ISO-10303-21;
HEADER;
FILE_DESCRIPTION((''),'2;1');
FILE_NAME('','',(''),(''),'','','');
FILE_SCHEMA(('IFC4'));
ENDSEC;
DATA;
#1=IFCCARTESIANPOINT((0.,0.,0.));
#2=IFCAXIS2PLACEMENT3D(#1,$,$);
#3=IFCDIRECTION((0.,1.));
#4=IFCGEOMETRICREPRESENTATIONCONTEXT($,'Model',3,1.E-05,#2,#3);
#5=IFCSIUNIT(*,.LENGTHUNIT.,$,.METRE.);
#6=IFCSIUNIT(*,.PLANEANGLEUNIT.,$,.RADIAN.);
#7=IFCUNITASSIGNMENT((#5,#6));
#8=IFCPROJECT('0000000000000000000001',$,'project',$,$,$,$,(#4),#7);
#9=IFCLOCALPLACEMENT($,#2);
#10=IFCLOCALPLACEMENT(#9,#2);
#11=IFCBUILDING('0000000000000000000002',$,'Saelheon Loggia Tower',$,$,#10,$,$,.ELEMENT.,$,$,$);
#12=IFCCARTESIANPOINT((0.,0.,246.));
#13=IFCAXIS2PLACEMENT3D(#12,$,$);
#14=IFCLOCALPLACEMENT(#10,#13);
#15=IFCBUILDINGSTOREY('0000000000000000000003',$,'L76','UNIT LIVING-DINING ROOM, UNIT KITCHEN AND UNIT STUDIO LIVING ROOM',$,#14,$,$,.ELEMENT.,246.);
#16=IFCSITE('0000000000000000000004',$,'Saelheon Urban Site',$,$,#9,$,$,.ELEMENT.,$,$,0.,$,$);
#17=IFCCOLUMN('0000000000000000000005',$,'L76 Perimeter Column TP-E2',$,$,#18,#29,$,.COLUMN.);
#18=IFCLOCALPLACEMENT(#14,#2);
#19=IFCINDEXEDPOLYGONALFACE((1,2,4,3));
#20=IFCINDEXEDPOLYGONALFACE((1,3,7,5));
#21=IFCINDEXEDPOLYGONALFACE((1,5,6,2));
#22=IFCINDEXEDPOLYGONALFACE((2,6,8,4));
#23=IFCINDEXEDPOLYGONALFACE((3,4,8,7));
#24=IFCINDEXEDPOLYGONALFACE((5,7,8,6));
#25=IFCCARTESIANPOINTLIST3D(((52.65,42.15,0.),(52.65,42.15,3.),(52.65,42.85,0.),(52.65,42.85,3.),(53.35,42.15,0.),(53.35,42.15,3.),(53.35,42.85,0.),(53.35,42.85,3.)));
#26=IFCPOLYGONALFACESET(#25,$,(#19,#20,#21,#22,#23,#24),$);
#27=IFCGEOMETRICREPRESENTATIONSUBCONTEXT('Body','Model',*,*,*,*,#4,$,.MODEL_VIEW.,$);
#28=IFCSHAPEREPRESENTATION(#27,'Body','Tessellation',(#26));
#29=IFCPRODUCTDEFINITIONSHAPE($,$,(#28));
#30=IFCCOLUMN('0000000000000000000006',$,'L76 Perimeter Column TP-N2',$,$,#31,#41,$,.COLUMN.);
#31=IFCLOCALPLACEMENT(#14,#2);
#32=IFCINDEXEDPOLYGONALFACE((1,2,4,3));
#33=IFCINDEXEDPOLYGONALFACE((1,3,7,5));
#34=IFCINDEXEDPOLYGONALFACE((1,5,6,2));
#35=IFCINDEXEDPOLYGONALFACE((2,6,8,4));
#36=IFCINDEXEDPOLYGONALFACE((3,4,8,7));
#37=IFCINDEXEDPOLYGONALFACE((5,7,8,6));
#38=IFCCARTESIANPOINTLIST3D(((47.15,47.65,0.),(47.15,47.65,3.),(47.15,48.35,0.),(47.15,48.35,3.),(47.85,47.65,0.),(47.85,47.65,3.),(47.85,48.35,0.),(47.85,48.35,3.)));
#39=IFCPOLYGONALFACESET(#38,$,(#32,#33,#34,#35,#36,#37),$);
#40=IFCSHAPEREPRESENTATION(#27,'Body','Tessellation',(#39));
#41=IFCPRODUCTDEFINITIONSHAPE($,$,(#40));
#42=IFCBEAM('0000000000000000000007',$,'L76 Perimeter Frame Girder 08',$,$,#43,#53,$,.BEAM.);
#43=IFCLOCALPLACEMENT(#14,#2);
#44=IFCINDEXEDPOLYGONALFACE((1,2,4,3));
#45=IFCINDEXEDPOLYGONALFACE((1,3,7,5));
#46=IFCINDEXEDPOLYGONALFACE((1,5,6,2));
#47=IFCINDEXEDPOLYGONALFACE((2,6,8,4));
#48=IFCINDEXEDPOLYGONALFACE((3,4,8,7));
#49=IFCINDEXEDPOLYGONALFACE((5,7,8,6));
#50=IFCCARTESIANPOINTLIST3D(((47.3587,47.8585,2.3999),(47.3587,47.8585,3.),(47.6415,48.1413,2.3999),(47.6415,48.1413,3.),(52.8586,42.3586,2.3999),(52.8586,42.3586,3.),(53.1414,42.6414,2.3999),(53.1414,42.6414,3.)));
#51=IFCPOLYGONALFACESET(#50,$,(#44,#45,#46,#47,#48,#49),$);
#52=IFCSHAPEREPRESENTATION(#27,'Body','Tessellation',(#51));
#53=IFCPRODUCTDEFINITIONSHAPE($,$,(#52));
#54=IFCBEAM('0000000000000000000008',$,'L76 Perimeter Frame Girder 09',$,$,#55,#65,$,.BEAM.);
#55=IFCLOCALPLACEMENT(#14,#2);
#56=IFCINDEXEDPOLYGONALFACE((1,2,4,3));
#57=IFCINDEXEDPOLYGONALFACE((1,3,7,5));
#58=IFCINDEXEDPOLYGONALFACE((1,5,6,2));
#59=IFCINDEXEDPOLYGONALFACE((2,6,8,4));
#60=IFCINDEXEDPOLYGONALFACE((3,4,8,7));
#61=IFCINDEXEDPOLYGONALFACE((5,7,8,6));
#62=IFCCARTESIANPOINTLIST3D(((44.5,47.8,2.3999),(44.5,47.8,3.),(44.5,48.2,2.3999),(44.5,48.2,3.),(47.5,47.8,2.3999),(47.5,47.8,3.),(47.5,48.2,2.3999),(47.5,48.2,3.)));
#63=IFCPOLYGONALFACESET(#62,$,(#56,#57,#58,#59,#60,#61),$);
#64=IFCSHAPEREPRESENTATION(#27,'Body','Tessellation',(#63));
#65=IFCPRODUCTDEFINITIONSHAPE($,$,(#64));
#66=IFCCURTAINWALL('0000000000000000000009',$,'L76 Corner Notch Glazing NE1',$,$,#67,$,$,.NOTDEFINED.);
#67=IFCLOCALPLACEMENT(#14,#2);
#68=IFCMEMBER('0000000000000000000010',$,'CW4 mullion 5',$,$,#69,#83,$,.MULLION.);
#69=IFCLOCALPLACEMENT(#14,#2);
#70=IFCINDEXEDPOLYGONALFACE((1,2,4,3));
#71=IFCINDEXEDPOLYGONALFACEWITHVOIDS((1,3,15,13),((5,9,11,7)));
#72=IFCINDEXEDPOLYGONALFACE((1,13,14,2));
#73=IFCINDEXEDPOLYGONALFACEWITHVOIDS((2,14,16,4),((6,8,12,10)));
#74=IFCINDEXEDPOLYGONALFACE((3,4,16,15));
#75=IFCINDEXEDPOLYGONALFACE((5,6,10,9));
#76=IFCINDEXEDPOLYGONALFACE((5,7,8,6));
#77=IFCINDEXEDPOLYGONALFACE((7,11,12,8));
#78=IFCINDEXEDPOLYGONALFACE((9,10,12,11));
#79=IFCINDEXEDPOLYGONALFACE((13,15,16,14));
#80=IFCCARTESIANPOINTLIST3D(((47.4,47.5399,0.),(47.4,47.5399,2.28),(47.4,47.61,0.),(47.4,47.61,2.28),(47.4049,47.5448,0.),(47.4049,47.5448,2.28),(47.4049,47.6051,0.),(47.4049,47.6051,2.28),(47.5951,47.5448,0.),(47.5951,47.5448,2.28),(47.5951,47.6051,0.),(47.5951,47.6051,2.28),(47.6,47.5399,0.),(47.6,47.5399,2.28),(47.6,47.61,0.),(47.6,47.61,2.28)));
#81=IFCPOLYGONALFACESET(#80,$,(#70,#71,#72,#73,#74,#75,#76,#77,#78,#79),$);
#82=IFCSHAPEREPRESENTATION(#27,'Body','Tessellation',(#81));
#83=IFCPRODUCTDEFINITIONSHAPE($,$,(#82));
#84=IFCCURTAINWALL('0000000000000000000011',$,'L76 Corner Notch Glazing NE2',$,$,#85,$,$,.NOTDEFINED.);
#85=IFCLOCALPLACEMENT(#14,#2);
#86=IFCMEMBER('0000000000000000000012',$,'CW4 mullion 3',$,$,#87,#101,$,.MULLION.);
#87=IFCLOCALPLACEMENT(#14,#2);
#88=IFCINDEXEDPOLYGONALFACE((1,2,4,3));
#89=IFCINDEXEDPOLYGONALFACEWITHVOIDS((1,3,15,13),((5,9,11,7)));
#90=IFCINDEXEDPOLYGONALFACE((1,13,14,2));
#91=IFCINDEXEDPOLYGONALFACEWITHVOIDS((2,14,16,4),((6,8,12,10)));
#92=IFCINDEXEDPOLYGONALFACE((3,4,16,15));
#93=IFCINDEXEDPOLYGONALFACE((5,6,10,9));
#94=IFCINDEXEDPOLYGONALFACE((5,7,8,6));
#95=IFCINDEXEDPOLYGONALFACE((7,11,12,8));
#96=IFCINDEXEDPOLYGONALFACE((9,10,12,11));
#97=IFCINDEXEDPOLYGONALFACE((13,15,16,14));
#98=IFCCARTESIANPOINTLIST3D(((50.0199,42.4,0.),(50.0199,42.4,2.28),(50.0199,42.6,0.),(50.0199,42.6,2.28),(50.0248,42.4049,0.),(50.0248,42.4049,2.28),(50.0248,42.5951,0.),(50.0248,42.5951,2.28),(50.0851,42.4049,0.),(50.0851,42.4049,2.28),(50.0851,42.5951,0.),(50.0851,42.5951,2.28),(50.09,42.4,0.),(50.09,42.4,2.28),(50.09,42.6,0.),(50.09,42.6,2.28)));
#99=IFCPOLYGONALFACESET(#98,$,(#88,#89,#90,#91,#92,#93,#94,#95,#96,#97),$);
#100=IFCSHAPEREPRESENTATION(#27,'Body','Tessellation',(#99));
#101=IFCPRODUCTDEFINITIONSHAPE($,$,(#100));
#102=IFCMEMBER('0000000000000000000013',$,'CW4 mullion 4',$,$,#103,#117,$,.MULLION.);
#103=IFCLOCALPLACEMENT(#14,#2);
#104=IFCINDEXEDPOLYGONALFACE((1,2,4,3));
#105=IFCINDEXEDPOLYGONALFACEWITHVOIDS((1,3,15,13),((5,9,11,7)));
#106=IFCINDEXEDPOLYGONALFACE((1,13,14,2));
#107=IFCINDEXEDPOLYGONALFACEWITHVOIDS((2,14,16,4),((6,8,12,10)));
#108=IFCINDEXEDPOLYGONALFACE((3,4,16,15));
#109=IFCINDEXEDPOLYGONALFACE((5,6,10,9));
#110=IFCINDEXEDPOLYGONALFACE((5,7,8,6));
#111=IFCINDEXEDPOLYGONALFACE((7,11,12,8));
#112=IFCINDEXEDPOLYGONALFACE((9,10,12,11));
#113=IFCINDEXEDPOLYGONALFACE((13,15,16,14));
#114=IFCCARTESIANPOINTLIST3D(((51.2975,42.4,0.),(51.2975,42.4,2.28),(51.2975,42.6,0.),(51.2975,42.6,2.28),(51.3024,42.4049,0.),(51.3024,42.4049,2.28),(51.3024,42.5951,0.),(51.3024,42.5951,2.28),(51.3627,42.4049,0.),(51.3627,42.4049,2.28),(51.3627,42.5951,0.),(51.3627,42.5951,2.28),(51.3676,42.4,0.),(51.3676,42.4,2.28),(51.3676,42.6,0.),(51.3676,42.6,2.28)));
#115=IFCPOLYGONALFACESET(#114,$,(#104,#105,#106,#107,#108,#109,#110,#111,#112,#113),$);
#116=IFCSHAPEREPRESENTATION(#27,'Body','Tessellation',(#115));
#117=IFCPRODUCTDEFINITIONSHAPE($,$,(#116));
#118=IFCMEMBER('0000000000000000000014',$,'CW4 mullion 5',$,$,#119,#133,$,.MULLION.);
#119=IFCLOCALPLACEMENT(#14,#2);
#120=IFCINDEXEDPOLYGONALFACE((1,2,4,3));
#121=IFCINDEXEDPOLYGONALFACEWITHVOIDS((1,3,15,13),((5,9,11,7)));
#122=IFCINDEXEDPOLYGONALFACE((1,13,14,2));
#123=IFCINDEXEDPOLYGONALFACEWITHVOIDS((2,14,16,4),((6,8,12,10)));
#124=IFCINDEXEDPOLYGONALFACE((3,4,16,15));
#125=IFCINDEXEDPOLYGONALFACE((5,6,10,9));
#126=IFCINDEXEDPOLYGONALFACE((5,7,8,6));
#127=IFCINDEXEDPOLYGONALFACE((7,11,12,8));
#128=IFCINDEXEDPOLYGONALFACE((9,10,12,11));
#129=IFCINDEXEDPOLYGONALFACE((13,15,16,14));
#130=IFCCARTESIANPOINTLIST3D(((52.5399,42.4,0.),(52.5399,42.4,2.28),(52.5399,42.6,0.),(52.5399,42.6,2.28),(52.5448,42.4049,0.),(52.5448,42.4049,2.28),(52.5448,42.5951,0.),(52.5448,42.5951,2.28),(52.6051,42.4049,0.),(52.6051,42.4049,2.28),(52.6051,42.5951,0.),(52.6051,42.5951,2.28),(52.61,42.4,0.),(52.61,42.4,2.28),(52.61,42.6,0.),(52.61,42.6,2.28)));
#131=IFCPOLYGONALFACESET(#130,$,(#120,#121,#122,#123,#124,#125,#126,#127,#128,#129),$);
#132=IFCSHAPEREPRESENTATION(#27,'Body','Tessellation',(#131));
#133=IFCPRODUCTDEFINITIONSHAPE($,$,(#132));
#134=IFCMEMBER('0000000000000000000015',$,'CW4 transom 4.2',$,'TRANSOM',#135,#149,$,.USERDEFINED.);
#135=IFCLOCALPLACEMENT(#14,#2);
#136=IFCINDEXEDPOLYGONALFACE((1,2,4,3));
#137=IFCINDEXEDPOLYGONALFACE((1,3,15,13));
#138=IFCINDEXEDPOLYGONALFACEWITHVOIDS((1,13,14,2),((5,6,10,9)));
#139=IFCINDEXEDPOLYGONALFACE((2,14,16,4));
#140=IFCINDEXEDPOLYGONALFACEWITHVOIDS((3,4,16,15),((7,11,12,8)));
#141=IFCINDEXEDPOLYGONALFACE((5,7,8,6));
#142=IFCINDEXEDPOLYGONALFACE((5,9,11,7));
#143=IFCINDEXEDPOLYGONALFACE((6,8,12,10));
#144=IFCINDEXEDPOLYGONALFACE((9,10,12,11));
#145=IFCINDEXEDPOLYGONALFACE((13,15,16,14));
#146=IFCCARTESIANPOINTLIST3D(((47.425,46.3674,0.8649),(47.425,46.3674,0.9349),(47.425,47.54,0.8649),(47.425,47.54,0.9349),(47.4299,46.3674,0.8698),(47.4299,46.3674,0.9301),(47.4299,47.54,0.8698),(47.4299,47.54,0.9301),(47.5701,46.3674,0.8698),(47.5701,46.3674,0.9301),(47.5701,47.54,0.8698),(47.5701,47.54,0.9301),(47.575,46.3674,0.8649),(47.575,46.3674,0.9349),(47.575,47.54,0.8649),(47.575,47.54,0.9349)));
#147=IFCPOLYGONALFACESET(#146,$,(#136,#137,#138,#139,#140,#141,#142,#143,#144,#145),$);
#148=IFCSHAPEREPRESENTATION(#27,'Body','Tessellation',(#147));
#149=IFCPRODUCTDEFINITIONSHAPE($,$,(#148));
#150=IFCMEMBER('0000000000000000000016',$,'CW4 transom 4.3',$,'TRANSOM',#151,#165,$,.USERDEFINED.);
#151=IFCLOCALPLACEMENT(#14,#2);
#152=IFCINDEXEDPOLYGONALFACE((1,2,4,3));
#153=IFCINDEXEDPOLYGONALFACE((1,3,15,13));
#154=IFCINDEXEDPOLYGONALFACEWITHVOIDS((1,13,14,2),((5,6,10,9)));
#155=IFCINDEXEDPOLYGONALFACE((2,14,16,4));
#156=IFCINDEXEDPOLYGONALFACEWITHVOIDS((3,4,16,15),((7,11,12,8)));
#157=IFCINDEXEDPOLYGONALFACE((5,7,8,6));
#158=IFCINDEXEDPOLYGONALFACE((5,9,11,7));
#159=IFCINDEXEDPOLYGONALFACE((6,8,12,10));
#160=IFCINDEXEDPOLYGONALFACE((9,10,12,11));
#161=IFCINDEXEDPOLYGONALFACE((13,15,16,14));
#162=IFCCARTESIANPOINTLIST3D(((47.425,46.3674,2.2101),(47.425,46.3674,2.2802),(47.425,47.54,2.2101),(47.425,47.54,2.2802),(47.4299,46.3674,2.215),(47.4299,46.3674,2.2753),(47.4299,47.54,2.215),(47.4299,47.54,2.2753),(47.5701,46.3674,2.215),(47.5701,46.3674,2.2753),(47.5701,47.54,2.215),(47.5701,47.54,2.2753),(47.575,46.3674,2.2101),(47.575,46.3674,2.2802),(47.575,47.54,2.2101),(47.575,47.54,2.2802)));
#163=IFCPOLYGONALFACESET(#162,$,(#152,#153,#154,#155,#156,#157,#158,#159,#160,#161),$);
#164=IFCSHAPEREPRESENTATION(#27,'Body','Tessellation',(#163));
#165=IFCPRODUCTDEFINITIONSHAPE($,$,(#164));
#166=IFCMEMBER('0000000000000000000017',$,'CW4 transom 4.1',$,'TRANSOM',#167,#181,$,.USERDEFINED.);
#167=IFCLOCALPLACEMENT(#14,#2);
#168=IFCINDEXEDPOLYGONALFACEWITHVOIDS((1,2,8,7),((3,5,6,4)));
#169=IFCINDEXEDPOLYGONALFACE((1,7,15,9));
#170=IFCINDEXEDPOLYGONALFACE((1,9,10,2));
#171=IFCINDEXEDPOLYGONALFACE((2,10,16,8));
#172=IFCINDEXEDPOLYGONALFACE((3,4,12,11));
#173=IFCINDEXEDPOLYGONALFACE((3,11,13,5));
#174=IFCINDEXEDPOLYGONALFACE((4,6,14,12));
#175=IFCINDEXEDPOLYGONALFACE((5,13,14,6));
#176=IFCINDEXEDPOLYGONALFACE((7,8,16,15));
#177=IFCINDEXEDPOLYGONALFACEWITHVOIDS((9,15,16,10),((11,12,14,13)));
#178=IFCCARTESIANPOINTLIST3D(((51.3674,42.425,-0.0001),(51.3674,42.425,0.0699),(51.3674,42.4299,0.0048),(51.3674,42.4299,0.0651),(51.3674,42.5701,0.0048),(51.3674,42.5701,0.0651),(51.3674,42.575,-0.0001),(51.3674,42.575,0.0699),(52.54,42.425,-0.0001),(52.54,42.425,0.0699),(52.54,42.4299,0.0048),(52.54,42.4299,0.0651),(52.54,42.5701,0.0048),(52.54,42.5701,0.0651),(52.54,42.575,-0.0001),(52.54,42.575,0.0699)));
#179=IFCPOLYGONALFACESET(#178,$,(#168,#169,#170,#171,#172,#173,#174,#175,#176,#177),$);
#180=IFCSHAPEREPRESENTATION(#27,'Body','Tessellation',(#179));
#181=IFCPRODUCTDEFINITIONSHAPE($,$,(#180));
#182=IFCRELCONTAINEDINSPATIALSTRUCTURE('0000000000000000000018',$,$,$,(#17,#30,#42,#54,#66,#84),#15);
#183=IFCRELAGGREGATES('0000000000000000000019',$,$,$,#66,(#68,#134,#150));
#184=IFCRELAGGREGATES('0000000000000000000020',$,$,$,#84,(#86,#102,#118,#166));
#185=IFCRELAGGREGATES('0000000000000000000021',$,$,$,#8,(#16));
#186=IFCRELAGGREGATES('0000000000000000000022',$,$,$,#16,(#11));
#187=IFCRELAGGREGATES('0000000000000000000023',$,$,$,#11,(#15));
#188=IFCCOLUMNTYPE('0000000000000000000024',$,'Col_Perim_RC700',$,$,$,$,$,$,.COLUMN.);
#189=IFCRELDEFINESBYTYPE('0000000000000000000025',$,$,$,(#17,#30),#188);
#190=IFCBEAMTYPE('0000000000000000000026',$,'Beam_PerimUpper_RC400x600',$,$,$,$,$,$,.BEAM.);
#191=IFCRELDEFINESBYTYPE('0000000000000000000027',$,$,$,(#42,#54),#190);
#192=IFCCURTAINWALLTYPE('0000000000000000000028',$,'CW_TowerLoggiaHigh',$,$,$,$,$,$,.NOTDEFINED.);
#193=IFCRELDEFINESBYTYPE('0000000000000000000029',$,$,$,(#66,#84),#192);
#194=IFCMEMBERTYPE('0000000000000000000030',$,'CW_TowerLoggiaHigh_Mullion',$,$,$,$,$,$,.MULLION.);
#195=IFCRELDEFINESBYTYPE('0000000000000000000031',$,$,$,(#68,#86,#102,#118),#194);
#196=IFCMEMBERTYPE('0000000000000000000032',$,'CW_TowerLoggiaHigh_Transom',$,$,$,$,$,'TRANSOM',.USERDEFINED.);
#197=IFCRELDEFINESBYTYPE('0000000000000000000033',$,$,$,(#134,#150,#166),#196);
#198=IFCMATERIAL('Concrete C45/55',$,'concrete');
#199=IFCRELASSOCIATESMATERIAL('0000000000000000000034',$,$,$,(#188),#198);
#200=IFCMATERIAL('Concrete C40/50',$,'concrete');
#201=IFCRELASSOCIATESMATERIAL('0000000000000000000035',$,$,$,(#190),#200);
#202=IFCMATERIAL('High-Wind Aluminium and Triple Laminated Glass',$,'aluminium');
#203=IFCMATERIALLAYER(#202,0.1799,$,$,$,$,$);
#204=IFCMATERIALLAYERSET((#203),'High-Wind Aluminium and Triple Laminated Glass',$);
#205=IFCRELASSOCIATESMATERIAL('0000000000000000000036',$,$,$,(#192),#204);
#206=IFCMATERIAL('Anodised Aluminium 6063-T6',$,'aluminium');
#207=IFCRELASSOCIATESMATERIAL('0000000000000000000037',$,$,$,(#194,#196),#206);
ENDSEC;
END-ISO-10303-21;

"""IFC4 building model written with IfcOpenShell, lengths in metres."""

from ifc_helpers import new_model, si_unit, direction, frame, origin, origin_2d, place, context, subcontext, project, spatial, rectangle, hollow_rectangle, extrude, source, transform, mapped, material, layer, layer_set, material_profile, profile_set, type_object, element, aggregate, save


model = new_model("IFC4")

# Units and contexts
model_context = context("Model", 3, precision=1e-05, world=origin(), true_north=direction((0.0, 1.0)))
body_context = subcontext(model_context, "Body", "Model", "MODEL_VIEW")
ifc_project = project(units=[si_unit("LENGTHUNIT", "METRE"), si_unit("PLANEANGLEUNIT", "RADIAN")], contexts=[model_context])

# Site, building, storey
site_placement = place(None, origin())
site = spatial("IfcSite", under=ifc_project, at=site_placement, Name="Saelheon Urban Site", CompositionType="ELEMENT", RefElevation=0.0)
building_placement = place(site_placement, origin())
building = spatial("IfcBuilding", under=site, at=building_placement, Name="Saelheon Loggia Tower", CompositionType="ELEMENT")
storey_placement = place(building_placement, frame((0.0, 0.0, 246.0)))
storey = spatial("IfcBuildingStorey", under=building, at=storey_placement, Name="L76", Description="UNIT LIVING-DINING ROOM, UNIT KITCHEN AND UNIT STUDIO LIVING ROOM", CompositionType="ELEMENT", Elevation=246.0)

# Columns
ifc_material_1 = material(Name="Concrete C45/55", Category="concrete")
ifc_material_profile_1 = material_profile(ifc_material_1, rectangle(XDim=0.7, YDim=0.7, at=origin_2d()), Name="RC-700x700")
ifc_profile_set_1 = profile_set([ifc_material_profile_1], Name="Concrete C45/55")
column_type = type_object("IfcColumnType", Name="Col_Perim_RC700", PredefinedType="COLUMN", material=ifc_profile_set_1)
shared_shape_1 = source(origin(), body_context, "Body", "SweptSolid", [
    extrude(rectangle(XDim=0.7, YDim=0.7, at=origin_2d()), origin(), (0.0, 0.0, 1.0), 3.0),
])
for number, where, z_axis, x_axis, name in (
    (1, (53.0, 42.5, 0.0), (0.0, 0.0, 1.0), (1.0, 0.0, 0.0), "L76 Perimeter Column TP-E2"),
    (2, (47.5, 48.0, 0.0), (0.0, 0.0, 1.0), (1.0, 0.0, 0.0), "L76 Perimeter Column TP-N2"),
):
    element("IfcColumn", number, at=place(storey_placement, frame(where, z_axis=z_axis, x_axis=x_axis)), inside=storey, type_object=column_type, Name=name, PredefinedType="COLUMN", context=body_context, shape_type="MappedRepresentation", body=[
        mapped(shared_shape_1, transform((0.0, 0.0, 0.0), scale=1.0)),
    ])

# Beams
ifc_material_2 = material(Name="Concrete C40/50", Category="concrete")
ifc_material_profile_2 = material_profile(ifc_material_2, rectangle(XDim=0.3999, YDim=0.6001, at=origin_2d()), Name="RC-400x600")
ifc_profile_set_2 = profile_set([ifc_material_profile_2], Name="Concrete C40/50")
beam_type = type_object("IfcBeamType", Name="Beam_PerimUpper_RC400x600", PredefinedType="BEAM", material=ifc_profile_set_2)
shared_shape_2 = source(origin(), body_context, "Body", "SweptSolid", [
    extrude(rectangle(XDim=0.3999, YDim=0.6001, at=origin_2d()), origin(), (0.0, 0.0, 1.0), 7.7781),
])
beam_1_placement = place(storey_placement, frame((53.0, 42.5, 2.7), z_axis=(-0.707107, 0.707107, 0.0), x_axis=(-0.707107, -0.707107, 0.0)))
element("IfcBeam", 3, at=beam_1_placement, inside=storey, type_object=beam_type, Name="L76 Perimeter Frame Girder 08", PredefinedType="BEAM", context=body_context, shape_type="MappedRepresentation", body=[
    mapped(shared_shape_2, transform((0.0, 0.0, 0.0), scale=1.0)),
])
shared_shape_3 = source(origin(), body_context, "Body", "SweptSolid", [
    extrude(rectangle(XDim=0.3999, YDim=0.6001, at=origin_2d()), origin(), (0.0, 0.0, 1.0), 3.0),
])
beam_2_placement = place(storey_placement, frame((47.5, 48.0, 2.7), z_axis=(-1.0, 0.0, 0.0), x_axis=(0.0, -1.0, 0.0)))
element("IfcBeam", 4, at=beam_2_placement, inside=storey, type_object=beam_type, Name="L76 Perimeter Frame Girder 09", PredefinedType="BEAM", context=body_context, shape_type="MappedRepresentation", body=[
    mapped(shared_shape_3, transform((0.0, 0.0, 0.0), scale=1.0)),
])

# Curtain wall, member
ifc_material_3 = material(Name="High-Wind Aluminium and Triple Laminated Glass", Category="aluminium")
ifc_layer_1 = layer(ifc_material_3, 0.1799)
ifc_layer_set_1 = layer_set([ifc_layer_1], Name="High-Wind Aluminium and Triple Laminated Glass")
curtain_wall_type = type_object("IfcCurtainWallType", Name="CW_TowerLoggiaHigh", PredefinedType="NOTDEFINED", material=ifc_layer_set_1)
curtain_wall_1_placement = place(storey_placement, origin())
curtain_wall_1 = element("IfcCurtainWall", 5, at=curtain_wall_1_placement, inside=storey, type_object=curtain_wall_type, Name="L76 Corner Notch Glazing NE1", PredefinedType="NOTDEFINED")
ifc_material_4 = material(Name="Anodised Aluminium 6063-T6", Category="aluminium")
ifc_material_profile_3 = material_profile(ifc_material_4, hollow_rectangle(XDim=0.0701, YDim=0.2, WallThickness=0.0049, at=origin_2d()), Name="RHS-200x70x5")
ifc_profile_set_3 = profile_set([ifc_material_profile_3], Name="Anodised Aluminium 6063-T6")
member_type_1 = type_object("IfcMemberType", Name="CW_TowerLoggiaHigh_Mullion", PredefinedType="MULLION", material=ifc_profile_set_3)
shared_shape_4 = source(origin(), body_context, "Body", "SweptSolid", [
    extrude(hollow_rectangle(XDim=0.0701, YDim=0.2, WallThickness=0.0049, at=origin_2d()), origin(), (0.0, 0.0, 1.0), 2.28),
])
member_1_placement = place(storey_placement, frame((47.5, 47.575, 0.0), z_axis=(0.0, 0.0, 1.0), x_axis=(0.0, 1.0, 0.0)))
member_1 = element("IfcMember", 6, at=member_1_placement, type_object=member_type_1, Name="CW4 mullion 5", PredefinedType="MULLION", context=body_context, shape_type="MappedRepresentation", body=[
    mapped(shared_shape_4, transform((0.0, 0.0, 0.0), scale=1.0)),
])

# Curtain wall, members
curtain_wall_2_placement = place(storey_placement, origin())
curtain_wall_2 = element("IfcCurtainWall", 7, at=curtain_wall_2_placement, inside=storey, type_object=curtain_wall_type, Name="L76 Corner Notch Glazing NE2", PredefinedType="NOTDEFINED")
member_2_placement = place(storey_placement, frame((50.0549, 42.5, 0.0), z_axis=(0.0, 0.0, 1.0), x_axis=(1.0, 0.0, 0.0)))
member_2 = element("IfcMember", 8, at=member_2_placement, type_object=member_type_1, Name="CW4 mullion 3", PredefinedType="MULLION", context=body_context, shape_type="MappedRepresentation", body=[
    mapped(shared_shape_4, transform((0.0, 0.0, 0.0), scale=1.0)),
])
member_3_placement = place(storey_placement, frame((51.3325, 42.5, 0.0), z_axis=(0.0, 0.0, 1.0), x_axis=(1.0, 0.0, 0.0)))
member_3 = element("IfcMember", 9, at=member_3_placement, type_object=member_type_1, Name="CW4 mullion 4", PredefinedType="MULLION", context=body_context, shape_type="MappedRepresentation", body=[
    mapped(shared_shape_4, transform((0.0, 0.0, 0.0), scale=1.0)),
])
member_4_placement = place(storey_placement, frame((52.575, 42.5, 0.0), z_axis=(0.0, 0.0, 1.0), x_axis=(1.0, 0.0, 0.0)))
member_4 = element("IfcMember", 10, at=member_4_placement, type_object=member_type_1, Name="CW4 mullion 5", PredefinedType="MULLION", context=body_context, shape_type="MappedRepresentation", body=[
    mapped(shared_shape_4, transform((0.0, 0.0, 0.0), scale=1.0)),
])

# Members
ifc_material_profile_4 = material_profile(ifc_material_4, hollow_rectangle(XDim=0.0701, YDim=0.1499, WallThickness=0.0049, at=origin_2d()), Name="RHS-150x70x5")
ifc_profile_set_4 = profile_set([ifc_material_profile_4], Name="Anodised Aluminium 6063-T6")
member_type_2 = type_object("IfcMemberType", Name="CW_TowerLoggiaHigh_Transom", ElementType="TRANSOM", PredefinedType="USERDEFINED", material=ifc_profile_set_4)
shared_shape_5 = source(origin(), body_context, "Body", "SweptSolid", [
    extrude(hollow_rectangle(XDim=0.0701, YDim=0.1499, WallThickness=0.0049, at=origin_2d()), origin(), (0.0, 0.0, 1.0), 1.1726),
])
member_5_placement = place(storey_placement, frame((47.5, 46.3674, 0.8999), z_axis=(0.0, 1.0, 0.0), x_axis=(0.0, 0.0, 1.0)))
member_5 = element("IfcMember", 11, at=member_5_placement, type_object=member_type_2, Name="CW4 transom 4.2", ObjectType="TRANSOM", PredefinedType="USERDEFINED", context=body_context, shape_type="MappedRepresentation", body=[
    mapped(shared_shape_5, transform((0.0, 0.0, 0.0), scale=1.0)),
])
member_6_placement = place(storey_placement, frame((47.5, 46.3674, 2.2451), z_axis=(0.0, 1.0, 0.0), x_axis=(0.0, 0.0, 1.0)))
member_6 = element("IfcMember", 12, at=member_6_placement, type_object=member_type_2, Name="CW4 transom 4.3", ObjectType="TRANSOM", PredefinedType="USERDEFINED", context=body_context, shape_type="MappedRepresentation", body=[
    mapped(shared_shape_5, transform((0.0, 0.0, 0.0), scale=1.0)),
])
member_7_placement = place(storey_placement, frame((51.3674, 42.5, 0.0349), z_axis=(1.0, 0.0, 0.0), x_axis=(0.0, 0.0, 1.0)))
member_7 = element("IfcMember", 13, at=member_7_placement, type_object=member_type_2, Name="CW4 transom 4.1", ObjectType="TRANSOM", PredefinedType="USERDEFINED", context=body_context, shape_type="MappedRepresentation", body=[
    mapped(shared_shape_5, transform((0.0, 0.0, 0.0), scale=1.0)),
])

aggregate(curtain_wall_1, [member_1, member_5, member_6])
aggregate(curtain_wall_2, [member_2, member_3, member_4, member_7])

save(model, "model.ifc")
